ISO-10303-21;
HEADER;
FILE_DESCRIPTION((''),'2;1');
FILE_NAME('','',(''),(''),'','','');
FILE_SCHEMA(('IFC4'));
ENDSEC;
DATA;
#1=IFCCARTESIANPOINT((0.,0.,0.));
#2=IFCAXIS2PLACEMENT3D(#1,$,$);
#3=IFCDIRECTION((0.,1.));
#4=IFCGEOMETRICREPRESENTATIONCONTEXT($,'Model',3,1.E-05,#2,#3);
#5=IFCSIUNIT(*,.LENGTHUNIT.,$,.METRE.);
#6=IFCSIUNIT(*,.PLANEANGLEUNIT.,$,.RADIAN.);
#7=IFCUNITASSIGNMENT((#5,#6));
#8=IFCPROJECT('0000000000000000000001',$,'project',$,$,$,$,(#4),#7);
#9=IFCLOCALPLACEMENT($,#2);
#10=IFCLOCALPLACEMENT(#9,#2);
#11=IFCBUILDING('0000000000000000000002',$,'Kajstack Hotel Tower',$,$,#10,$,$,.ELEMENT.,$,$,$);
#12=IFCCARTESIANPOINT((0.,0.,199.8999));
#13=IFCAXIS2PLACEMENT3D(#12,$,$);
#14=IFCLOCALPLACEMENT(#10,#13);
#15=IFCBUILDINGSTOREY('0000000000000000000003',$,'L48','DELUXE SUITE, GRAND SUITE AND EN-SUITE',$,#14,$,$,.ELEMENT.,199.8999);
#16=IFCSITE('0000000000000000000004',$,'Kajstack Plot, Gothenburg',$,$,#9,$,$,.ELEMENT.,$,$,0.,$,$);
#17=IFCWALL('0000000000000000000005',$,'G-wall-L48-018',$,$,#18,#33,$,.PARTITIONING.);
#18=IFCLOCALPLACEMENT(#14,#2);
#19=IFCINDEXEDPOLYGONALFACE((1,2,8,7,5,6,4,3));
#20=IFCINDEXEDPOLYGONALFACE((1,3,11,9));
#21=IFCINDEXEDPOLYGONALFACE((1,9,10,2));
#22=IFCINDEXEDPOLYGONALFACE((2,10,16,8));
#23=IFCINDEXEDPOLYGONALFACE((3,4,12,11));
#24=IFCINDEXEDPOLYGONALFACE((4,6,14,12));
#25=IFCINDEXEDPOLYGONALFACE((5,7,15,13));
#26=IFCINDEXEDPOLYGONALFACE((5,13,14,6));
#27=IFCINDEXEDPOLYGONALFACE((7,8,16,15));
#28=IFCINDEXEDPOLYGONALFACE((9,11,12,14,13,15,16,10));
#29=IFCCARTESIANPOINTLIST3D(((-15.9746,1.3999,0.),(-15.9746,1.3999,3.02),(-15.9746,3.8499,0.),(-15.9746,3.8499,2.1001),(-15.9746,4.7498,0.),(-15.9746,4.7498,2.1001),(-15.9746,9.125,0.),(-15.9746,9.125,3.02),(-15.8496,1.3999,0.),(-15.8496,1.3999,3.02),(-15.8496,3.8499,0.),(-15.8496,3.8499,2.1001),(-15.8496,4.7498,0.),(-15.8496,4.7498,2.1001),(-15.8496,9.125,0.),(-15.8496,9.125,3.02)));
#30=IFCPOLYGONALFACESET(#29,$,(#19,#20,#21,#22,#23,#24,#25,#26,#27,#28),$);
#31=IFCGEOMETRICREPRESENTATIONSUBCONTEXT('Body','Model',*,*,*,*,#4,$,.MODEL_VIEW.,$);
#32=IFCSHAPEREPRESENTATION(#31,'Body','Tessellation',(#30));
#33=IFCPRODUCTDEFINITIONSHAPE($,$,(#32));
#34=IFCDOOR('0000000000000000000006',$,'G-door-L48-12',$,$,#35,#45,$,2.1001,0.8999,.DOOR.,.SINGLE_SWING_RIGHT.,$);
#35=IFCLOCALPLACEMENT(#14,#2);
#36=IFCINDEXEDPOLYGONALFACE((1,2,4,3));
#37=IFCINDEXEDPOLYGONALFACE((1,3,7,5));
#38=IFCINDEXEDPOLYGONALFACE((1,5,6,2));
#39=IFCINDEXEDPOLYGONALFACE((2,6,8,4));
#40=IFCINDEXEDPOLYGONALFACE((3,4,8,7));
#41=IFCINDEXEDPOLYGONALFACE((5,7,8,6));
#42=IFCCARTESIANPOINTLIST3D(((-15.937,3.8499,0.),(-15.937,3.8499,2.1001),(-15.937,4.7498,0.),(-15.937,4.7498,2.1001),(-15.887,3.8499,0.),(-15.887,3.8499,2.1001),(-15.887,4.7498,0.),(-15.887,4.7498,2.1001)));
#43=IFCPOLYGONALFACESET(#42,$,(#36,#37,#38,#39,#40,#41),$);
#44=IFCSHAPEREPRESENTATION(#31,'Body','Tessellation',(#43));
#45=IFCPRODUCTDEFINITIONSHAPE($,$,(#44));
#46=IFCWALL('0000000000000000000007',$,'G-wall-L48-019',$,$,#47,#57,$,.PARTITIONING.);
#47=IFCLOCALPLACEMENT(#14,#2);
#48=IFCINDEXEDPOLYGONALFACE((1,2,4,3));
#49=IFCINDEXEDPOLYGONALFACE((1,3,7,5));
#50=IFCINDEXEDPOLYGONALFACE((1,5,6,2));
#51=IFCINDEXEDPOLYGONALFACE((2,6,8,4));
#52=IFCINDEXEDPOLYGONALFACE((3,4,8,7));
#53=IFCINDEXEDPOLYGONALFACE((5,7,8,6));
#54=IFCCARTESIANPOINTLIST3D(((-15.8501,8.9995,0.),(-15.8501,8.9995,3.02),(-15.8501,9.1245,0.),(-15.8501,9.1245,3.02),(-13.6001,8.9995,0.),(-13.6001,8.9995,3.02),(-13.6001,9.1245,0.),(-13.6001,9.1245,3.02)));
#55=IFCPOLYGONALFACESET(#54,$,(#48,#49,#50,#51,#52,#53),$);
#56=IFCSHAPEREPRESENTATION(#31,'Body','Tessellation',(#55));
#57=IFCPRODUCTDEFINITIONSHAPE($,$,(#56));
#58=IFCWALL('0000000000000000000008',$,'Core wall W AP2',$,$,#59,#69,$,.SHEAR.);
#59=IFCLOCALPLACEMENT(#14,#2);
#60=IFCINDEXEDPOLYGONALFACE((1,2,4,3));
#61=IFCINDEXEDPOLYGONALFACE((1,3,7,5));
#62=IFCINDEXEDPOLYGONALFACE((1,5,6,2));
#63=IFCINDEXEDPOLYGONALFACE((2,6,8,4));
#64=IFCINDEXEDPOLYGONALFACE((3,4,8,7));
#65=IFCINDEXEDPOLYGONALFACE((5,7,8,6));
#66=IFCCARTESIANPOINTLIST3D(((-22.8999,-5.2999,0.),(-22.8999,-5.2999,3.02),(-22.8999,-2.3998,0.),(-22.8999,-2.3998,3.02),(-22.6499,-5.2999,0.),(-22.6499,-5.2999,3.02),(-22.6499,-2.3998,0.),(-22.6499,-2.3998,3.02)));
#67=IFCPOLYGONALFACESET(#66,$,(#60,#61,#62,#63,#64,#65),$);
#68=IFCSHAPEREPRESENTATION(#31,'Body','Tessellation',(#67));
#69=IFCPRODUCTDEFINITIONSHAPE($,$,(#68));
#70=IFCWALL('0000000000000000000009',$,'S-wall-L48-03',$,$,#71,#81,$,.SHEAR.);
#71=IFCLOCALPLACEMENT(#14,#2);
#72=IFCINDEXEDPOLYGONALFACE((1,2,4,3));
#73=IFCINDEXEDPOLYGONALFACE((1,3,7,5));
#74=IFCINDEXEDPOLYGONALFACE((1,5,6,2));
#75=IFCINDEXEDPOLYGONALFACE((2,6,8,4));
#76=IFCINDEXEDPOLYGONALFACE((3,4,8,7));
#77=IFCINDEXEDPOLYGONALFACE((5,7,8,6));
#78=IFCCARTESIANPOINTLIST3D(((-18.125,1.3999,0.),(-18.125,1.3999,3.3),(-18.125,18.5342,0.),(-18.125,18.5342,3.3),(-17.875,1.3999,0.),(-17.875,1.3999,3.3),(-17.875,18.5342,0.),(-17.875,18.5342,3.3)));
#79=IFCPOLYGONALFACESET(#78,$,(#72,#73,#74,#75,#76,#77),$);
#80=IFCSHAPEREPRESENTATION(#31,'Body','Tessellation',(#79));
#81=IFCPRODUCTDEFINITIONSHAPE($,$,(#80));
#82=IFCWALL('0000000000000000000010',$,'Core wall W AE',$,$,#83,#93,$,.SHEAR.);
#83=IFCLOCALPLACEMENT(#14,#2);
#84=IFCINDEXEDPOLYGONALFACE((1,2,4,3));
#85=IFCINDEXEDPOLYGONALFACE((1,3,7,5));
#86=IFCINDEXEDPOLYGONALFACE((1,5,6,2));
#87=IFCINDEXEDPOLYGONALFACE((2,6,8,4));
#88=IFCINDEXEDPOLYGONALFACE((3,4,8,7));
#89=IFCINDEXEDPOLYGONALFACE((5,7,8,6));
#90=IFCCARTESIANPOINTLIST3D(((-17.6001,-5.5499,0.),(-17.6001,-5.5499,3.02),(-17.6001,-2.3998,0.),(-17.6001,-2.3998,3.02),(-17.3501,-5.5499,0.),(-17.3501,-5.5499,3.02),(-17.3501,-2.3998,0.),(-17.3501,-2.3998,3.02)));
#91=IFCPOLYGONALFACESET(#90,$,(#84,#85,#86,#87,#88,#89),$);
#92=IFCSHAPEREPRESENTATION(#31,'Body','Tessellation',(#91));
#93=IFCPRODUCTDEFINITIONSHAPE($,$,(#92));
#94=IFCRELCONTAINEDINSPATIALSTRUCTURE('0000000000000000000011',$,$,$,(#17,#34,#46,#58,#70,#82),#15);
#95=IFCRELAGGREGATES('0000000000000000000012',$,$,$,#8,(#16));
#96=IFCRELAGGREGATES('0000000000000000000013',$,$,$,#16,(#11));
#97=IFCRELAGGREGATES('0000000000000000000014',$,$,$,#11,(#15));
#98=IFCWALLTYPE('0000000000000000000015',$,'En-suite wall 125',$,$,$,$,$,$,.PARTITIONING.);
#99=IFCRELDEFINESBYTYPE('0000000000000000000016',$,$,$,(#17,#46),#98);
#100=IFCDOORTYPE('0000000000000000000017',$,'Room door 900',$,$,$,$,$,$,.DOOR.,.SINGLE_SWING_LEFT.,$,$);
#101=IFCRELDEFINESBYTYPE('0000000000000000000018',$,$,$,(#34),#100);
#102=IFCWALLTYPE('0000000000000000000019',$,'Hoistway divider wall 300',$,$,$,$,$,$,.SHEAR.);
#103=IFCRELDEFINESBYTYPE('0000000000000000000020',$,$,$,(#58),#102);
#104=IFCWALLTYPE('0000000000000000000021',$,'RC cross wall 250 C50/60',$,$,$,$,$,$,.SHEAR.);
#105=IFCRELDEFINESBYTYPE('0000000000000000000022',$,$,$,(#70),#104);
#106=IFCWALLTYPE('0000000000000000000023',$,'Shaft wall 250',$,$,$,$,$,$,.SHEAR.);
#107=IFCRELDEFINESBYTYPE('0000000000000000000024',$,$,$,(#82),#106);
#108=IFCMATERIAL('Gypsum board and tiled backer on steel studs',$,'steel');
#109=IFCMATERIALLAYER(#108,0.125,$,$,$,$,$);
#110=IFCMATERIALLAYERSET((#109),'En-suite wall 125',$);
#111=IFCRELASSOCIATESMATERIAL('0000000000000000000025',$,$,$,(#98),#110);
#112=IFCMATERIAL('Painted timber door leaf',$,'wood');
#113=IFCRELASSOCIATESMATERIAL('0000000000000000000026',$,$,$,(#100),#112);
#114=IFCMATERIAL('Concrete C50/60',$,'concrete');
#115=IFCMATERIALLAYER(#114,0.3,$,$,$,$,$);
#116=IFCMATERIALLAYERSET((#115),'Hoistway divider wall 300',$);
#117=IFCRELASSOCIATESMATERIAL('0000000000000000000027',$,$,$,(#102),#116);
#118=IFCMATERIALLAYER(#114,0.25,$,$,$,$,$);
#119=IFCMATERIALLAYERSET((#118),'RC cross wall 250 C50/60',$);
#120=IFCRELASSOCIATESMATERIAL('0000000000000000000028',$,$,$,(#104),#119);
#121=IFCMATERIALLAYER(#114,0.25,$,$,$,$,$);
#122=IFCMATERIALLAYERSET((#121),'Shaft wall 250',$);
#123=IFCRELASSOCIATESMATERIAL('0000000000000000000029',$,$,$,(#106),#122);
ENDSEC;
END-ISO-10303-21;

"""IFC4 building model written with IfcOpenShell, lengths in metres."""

from ifc_helpers import new_model, si_unit, direction, frame, frame_2d, origin, place, context, subcontext, project, spatial, rectangle, extrude, material, layer, layer_set, type_object, element, fill, save


model = new_model("IFC4")

# Units and contexts
model_context = context("Model", 3, precision=1e-05, world=origin(), true_north=direction((0.0, 1.0)))
body_context = subcontext(model_context, "Body", "Model", "MODEL_VIEW")
ifc_project = project(units=[si_unit("LENGTHUNIT", "METRE"), si_unit("PLANEANGLEUNIT", "RADIAN")], contexts=[model_context])

# Site, building, storey
site_placement = place(None, origin())
site = spatial("IfcSite", under=ifc_project, at=site_placement, Name="Kajstack Plot, Gothenburg", CompositionType="ELEMENT", RefElevation=0.0)
building_placement = place(site_placement, origin())
building = spatial("IfcBuilding", under=site, at=building_placement, Name="Kajstack Hotel Tower", CompositionType="ELEMENT")
storey_placement = place(building_placement, frame((0.0, 0.0, 199.8999)))
storey = spatial("IfcBuildingStorey", under=building, at=storey_placement, Name="L48", Description="DELUXE SUITE, GRAND SUITE AND EN-SUITE", CompositionType="ELEMENT", Elevation=199.8999)

# Shared definitions
ifc_material_1 = material(Name="Gypsum board and tiled backer on steel studs", Category="steel")
ifc_layer_1 = layer(ifc_material_1, 0.125)
ifc_layer_set_1 = layer_set([ifc_layer_1], Name="En-suite wall 125")
wall_type_1 = type_object("IfcWallType", Name="En-suite wall 125", PredefinedType="PARTITIONING", material=ifc_layer_set_1)
ifc_material_2 = material(Name="Painted timber door leaf", Category="wood")
door_type_1 = type_object("IfcDoorType", Name="Room door 900", OperationType="SINGLE_SWING_LEFT", PredefinedType="DOOR", material=ifc_material_2)

# Wall, opening, door
wall_1_placement = place(storey_placement, frame((-15.9121, 1.3999, 0.0), z_axis=(0.0, 0.0, 1.0), x_axis=(0.0, 1.0, 0.0)))
wall_1 = element("IfcWall", 1, at=wall_1_placement, inside=storey, type_object=wall_type_1, Name="G-wall-L48-018", PredefinedType="PARTITIONING", context=body_context, shape_type="SweptSolid", body=[
    extrude(rectangle(XDim=7.7251, YDim=0.125, at=frame_2d((3.8625, 0.0))), origin(), (0.0, 0.0, 1.0), 3.02),
])
opening_1_placement = place(wall_1_placement, frame((2.45, 0.0, 0.0)))
opening_1 = element("IfcOpeningElement", 2, at=opening_1_placement, cuts=wall_1, PredefinedType="OPENING", context=body_context, shape_type="SweptSolid", body=[
    extrude(rectangle(XDim=0.8999, YDim=2.1001, at=frame_2d((0.45, 1.05))), frame((0.0, 0.0725, 0.0), z_axis=(0.0, -1.0, 0.0), x_axis=(1.0, 0.0, 0.0)), (0.0, 0.0, 1.0), 0.145),
])
door_1_placement = place(opening_1_placement, origin())
door_1 = element("IfcDoor", 3, at=door_1_placement, inside=storey, type_object=door_type_1, Name="G-door-L48-12", OperationType="SINGLE_SWING_RIGHT", OverallHeight=2.1001, OverallWidth=0.8999, PredefinedType="DOOR", context=body_context, shape_type="SweptSolid", body=[
    extrude(rectangle(XDim=0.8999, YDim=2.1001, at=frame_2d((0.45, 1.05))), frame((0.0, 0.0249, 0.0), z_axis=(0.0, -1.0, 0.0), x_axis=(1.0, 0.0, 0.0)), (0.0, 0.0, 1.0), 0.05),
])
fill(opening_1, door_1)

# Walls
wall_2_placement = place(storey_placement, frame((-15.8501, 9.062, 0.0), z_axis=(0.0, 0.0, 1.0), x_axis=(1.0, 0.0, 0.0)))
element("IfcWall", 4, at=wall_2_placement, inside=storey, type_object=wall_type_1, Name="G-wall-L48-019", PredefinedType="PARTITIONING", context=body_context, shape_type="SweptSolid", body=[
    extrude(rectangle(XDim=2.25, YDim=0.125, at=frame_2d((1.125, 0.0))), origin(), (0.0, 0.0, 1.0), 3.02),
])
ifc_material_3 = material(Name="Concrete C50/60", Category="concrete")
ifc_layer_2 = layer(ifc_material_3, 0.3)
ifc_layer_set_2 = layer_set([ifc_layer_2], Name="Hoistway divider wall 300")
wall_type_2 = type_object("IfcWallType", Name="Hoistway divider wall 300", PredefinedType="SHEAR", material=ifc_layer_set_2)
wall_3_placement = place(storey_placement, frame((-22.7749, -5.3, 0.0), z_axis=(0.0, 0.0, 1.0), x_axis=(0.0, 1.0, 0.0)))
element("IfcWall", 5, at=wall_3_placement, inside=storey, type_object=wall_type_2, Name="Core wall W AP2", PredefinedType="SHEAR", context=body_context, shape_type="SweptSolid", body=[
    extrude(rectangle(XDim=2.9001, YDim=0.25, at=frame_2d((1.4502, 0.0))), origin(), (0.0, 0.0, 1.0), 3.02),
])
ifc_layer_3 = layer(ifc_material_3, 0.25)
ifc_layer_set_3 = layer_set([ifc_layer_3], Name="RC cross wall 250 C50/60")
wall_type_3 = type_object("IfcWallType", Name="RC cross wall 250 C50/60", PredefinedType="SHEAR", material=ifc_layer_set_3)
wall_4_placement = place(storey_placement, frame((-18.0, 1.3999, 0.0), z_axis=(0.0, 0.0, 1.0), x_axis=(0.0, 1.0, 0.0)))
element("IfcWall", 6, at=wall_4_placement, inside=storey, type_object=wall_type_3, Name="S-wall-L48-03", PredefinedType="SHEAR", context=body_context, shape_type="SweptSolid", body=[
    extrude(rectangle(XDim=17.1343, YDim=0.25, at=frame_2d((8.5671, 0.0))), origin(), (0.0, 0.0, 1.0), 3.3),
])
ifc_layer_4 = layer(ifc_material_3, 0.25)
ifc_layer_set_4 = layer_set([ifc_layer_4], Name="Shaft wall 250")
wall_type_4 = type_object("IfcWallType", Name="Shaft wall 250", PredefinedType="SHEAR", material=ifc_layer_set_4)
wall_5_placement = place(storey_placement, frame((-17.4751, -5.55, 0.0), z_axis=(0.0, 0.0, 1.0), x_axis=(0.0, 1.0, 0.0)))
element("IfcWall", 7, at=wall_5_placement, inside=storey, type_object=wall_type_4, Name="Core wall W AE", PredefinedType="SHEAR", context=body_context, shape_type="SweptSolid", body=[
    extrude(rectangle(XDim=3.1501, YDim=0.25, at=frame_2d((1.5752, 0.0))), origin(), (0.0, 0.0, 1.0), 3.02),
])

save(model, "model.ifc")
